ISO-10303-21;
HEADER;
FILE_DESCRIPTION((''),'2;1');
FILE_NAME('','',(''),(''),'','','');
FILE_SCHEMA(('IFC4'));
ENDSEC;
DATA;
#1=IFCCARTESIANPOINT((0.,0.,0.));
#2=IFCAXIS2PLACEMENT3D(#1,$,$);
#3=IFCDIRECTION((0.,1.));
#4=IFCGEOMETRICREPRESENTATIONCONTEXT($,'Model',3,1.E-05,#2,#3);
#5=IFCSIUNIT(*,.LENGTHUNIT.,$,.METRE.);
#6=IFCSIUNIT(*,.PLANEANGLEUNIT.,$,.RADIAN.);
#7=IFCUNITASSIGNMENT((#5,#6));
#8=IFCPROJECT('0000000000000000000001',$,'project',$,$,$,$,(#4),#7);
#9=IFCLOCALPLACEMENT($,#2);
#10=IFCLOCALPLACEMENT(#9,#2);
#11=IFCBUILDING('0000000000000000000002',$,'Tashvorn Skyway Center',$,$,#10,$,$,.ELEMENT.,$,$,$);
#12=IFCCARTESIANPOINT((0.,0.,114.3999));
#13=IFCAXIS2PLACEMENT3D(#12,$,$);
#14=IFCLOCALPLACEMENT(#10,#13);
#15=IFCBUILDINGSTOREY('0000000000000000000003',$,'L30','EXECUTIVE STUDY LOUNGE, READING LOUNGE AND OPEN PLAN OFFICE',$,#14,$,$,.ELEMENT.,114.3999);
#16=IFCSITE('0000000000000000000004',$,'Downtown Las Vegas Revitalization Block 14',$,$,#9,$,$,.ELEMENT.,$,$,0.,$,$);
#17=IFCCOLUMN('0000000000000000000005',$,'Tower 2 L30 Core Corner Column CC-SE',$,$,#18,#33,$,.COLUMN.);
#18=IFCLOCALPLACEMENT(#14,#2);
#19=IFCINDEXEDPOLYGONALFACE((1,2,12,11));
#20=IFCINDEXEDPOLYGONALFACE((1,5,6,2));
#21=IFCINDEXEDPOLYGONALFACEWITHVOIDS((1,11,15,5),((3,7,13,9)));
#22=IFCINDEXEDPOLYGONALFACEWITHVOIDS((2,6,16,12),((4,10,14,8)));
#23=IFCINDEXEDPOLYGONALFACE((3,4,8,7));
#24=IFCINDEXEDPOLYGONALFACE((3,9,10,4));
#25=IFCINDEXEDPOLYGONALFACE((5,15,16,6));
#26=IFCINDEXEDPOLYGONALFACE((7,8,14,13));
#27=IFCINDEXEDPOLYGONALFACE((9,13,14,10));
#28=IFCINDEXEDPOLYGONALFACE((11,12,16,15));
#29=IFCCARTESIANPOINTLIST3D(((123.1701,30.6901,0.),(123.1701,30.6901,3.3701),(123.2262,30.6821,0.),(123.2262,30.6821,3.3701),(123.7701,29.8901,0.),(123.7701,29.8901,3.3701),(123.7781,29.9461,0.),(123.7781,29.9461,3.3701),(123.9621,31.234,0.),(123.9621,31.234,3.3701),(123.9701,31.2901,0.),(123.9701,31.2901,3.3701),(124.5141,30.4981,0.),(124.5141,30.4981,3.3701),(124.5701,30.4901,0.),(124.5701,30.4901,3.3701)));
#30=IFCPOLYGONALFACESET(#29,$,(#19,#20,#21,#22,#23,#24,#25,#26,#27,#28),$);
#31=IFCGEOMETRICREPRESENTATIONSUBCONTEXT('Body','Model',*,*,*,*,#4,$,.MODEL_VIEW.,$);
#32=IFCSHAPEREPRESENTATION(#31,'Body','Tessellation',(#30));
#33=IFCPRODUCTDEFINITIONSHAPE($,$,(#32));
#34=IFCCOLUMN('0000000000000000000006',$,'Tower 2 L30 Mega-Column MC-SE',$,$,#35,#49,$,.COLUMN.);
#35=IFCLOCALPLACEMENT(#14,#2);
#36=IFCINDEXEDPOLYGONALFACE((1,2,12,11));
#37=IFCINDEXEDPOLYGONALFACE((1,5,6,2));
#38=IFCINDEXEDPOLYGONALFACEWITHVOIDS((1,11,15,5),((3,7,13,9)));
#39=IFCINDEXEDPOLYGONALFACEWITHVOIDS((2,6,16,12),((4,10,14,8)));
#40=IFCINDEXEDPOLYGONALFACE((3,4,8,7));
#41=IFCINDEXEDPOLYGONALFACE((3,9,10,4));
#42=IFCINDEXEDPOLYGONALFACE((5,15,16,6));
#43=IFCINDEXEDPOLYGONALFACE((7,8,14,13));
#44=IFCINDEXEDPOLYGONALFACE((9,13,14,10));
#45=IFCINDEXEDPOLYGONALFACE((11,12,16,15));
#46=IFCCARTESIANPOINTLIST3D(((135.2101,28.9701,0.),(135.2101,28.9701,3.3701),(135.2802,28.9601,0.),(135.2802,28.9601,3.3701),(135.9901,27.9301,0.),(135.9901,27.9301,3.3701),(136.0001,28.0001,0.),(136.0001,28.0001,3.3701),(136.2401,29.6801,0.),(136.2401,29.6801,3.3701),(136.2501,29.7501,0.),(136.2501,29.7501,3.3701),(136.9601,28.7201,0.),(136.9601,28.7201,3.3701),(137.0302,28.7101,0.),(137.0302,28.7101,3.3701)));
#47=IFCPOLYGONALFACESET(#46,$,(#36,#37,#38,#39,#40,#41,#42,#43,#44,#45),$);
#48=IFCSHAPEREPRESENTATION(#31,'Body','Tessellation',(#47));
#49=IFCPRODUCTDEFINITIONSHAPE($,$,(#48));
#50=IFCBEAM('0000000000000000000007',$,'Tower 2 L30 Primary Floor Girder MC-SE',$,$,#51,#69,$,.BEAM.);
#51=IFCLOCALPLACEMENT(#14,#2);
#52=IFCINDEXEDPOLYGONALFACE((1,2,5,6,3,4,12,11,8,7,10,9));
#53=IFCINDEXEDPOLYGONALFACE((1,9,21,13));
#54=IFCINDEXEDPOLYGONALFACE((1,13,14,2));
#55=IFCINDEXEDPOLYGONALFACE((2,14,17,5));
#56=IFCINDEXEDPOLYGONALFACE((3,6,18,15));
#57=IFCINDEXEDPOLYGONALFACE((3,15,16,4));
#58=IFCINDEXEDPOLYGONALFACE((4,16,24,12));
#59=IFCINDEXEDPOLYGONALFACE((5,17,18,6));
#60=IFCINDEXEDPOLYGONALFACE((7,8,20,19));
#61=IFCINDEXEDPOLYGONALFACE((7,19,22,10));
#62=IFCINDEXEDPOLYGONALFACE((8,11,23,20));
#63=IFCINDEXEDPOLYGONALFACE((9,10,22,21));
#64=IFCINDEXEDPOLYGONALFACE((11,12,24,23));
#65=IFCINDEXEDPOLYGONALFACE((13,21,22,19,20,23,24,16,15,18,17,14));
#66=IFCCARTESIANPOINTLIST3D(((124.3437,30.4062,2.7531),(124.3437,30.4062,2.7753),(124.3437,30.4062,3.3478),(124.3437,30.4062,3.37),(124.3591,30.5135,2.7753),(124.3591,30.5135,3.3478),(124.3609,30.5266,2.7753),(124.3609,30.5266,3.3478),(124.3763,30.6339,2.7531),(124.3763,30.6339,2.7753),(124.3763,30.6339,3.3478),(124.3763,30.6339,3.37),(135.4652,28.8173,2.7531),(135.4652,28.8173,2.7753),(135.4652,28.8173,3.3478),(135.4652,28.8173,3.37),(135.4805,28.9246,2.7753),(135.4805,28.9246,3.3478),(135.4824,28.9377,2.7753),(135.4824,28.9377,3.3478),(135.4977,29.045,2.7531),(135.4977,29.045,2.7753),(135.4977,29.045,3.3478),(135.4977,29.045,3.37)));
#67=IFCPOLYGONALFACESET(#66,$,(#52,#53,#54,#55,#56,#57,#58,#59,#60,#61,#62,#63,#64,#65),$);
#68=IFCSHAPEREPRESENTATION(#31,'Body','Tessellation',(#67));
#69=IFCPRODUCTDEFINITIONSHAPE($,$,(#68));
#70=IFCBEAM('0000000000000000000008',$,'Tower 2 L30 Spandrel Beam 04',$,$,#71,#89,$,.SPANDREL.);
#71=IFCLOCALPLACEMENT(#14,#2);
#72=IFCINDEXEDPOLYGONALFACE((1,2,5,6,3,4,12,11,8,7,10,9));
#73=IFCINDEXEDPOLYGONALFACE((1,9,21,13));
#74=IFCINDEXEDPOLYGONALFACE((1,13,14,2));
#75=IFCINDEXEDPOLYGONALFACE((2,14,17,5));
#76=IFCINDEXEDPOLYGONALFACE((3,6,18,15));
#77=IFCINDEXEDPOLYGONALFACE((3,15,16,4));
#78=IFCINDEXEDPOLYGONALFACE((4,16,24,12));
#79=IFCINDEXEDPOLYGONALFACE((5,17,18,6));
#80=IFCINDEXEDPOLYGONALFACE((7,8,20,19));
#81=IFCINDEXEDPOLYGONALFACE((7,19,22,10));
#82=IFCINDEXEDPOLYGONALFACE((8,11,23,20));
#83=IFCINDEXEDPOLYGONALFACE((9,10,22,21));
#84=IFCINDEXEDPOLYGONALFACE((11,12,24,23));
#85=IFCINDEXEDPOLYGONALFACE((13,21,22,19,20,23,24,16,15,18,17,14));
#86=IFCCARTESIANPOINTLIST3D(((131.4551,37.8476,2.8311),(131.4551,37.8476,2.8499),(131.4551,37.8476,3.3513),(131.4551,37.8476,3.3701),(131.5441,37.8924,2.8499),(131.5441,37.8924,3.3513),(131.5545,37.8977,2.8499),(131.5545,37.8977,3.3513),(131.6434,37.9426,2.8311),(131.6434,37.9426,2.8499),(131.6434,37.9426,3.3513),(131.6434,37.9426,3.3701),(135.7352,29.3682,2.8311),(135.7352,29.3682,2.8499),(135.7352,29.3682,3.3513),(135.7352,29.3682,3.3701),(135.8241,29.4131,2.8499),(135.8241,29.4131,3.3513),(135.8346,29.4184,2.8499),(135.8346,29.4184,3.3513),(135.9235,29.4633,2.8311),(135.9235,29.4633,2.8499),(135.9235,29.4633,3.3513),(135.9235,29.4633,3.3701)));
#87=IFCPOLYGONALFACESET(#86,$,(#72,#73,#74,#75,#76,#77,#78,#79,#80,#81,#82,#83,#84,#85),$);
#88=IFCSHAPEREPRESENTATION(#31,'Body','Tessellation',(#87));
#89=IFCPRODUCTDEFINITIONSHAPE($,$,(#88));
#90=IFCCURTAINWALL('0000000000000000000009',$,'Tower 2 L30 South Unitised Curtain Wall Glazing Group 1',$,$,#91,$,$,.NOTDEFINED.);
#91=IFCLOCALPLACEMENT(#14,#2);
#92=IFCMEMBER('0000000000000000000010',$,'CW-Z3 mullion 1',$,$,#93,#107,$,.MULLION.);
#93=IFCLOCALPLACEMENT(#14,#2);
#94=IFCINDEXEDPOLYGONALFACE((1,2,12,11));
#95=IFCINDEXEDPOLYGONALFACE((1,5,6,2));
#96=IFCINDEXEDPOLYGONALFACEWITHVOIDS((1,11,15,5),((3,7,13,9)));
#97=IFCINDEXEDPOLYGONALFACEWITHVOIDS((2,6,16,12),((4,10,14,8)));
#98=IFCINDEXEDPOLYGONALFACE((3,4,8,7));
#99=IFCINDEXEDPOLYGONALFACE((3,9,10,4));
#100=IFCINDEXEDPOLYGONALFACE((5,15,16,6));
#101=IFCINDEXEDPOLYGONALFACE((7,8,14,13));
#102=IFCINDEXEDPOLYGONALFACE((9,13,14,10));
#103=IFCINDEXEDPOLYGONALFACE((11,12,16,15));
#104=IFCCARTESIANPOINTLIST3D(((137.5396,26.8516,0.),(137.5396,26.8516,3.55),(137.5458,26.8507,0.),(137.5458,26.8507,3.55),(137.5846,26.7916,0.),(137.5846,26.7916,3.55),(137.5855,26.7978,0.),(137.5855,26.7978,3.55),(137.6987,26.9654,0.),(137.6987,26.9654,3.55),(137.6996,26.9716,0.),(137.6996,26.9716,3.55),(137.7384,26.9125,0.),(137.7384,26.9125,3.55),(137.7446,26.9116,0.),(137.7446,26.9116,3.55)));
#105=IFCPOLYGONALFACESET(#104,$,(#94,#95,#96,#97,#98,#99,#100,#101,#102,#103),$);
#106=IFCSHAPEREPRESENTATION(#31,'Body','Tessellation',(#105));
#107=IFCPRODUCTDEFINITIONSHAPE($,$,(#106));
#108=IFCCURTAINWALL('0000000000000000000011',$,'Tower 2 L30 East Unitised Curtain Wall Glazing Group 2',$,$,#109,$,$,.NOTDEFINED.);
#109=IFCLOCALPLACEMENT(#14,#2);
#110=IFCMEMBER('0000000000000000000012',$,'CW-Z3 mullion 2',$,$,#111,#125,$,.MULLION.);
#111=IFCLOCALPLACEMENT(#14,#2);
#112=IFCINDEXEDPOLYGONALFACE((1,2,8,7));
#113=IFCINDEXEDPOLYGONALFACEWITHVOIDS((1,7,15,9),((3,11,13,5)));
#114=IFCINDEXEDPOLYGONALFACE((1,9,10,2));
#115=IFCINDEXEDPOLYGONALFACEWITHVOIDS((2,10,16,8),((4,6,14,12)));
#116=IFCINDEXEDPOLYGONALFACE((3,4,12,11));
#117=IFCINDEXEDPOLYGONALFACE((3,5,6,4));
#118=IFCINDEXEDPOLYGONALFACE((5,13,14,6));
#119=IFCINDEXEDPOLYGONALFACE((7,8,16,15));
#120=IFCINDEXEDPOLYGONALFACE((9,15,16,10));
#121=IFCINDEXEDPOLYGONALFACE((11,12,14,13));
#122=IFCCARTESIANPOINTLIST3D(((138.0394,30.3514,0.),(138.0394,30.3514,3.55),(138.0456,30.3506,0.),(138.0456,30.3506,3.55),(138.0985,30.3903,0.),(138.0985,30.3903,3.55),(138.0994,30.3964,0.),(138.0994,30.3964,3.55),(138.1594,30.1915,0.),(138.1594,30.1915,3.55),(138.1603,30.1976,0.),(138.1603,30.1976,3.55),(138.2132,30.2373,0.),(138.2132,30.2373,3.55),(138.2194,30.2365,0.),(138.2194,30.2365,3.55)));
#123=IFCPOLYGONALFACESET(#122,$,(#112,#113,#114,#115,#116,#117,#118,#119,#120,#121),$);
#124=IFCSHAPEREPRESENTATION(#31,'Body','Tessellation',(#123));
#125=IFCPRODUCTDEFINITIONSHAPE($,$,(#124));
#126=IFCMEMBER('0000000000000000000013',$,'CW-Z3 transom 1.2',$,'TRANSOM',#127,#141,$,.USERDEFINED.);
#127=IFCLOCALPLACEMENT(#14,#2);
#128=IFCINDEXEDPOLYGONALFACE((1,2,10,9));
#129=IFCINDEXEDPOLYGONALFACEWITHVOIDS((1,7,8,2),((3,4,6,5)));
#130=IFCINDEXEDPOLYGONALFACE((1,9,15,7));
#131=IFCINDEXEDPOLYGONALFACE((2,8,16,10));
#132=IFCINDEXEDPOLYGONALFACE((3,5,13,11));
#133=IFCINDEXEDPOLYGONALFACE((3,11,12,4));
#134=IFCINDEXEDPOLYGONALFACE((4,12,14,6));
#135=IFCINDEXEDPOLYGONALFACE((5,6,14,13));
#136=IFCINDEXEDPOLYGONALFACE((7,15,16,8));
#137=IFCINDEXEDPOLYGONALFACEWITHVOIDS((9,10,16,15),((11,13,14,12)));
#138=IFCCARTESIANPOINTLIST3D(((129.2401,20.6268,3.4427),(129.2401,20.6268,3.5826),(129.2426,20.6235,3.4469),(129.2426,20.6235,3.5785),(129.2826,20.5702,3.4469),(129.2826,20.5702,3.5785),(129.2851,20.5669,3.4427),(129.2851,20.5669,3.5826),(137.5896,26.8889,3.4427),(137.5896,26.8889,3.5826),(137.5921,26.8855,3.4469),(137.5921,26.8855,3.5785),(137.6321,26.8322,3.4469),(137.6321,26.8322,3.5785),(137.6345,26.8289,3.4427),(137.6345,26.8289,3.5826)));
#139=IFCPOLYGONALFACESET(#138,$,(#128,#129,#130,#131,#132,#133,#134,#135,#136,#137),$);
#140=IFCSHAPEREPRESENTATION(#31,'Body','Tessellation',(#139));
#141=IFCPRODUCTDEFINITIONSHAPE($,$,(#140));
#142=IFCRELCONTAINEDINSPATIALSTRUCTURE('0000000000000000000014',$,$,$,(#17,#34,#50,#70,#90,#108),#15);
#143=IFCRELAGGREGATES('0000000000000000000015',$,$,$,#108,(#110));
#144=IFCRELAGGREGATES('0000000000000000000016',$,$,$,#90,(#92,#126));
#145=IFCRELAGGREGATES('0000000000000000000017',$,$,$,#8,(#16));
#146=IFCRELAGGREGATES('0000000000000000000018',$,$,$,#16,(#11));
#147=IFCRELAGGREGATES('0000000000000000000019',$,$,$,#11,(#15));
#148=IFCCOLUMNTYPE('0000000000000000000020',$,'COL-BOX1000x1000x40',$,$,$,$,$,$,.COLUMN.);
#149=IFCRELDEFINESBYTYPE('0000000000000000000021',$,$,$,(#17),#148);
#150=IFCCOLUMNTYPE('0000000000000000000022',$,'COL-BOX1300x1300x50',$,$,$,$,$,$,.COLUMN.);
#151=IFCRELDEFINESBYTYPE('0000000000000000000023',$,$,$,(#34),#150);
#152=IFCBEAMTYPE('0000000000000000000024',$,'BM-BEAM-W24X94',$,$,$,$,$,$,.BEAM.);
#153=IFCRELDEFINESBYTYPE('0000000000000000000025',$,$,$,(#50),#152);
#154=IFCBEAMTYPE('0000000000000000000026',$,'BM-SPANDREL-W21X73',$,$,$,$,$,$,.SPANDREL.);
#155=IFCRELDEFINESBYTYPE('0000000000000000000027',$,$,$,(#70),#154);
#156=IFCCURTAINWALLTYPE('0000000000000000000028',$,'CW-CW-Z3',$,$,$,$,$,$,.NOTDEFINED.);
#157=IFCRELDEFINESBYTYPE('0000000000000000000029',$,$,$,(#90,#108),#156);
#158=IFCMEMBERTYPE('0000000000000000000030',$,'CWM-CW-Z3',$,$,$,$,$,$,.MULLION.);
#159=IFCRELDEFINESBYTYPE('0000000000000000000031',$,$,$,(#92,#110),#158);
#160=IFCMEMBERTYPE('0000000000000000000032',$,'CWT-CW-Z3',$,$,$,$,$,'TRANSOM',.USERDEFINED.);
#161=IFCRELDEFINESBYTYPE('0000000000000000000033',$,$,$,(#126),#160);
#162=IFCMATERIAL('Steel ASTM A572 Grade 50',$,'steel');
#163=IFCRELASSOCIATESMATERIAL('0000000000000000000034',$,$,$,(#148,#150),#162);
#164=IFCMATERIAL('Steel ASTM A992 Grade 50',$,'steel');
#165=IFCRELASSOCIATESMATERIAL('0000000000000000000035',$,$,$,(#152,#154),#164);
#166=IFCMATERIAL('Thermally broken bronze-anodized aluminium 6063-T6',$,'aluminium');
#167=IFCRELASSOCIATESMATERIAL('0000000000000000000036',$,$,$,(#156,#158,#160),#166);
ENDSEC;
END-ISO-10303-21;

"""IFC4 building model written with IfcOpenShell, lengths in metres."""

from ifc_helpers import new_model, si_unit, direction, frame, origin, origin_2d, place, context, subcontext, project, spatial, hollow_rectangle, i_section, extrude, material, material_profile, profile_set, type_object, element, aggregate, save


model = new_model("IFC4")

# Units and contexts
model_context = context("Model", 3, precision=1e-05, world=origin(), true_north=direction((0.0, 1.0)))
body_context = subcontext(model_context, "Body", "Model", "MODEL_VIEW")
ifc_project = project(units=[si_unit("LENGTHUNIT", "METRE"), si_unit("PLANEANGLEUNIT", "RADIAN")], contexts=[model_context])

# Site, building, storey
site_placement = place(None, origin())
site = spatial("IfcSite", under=ifc_project, at=site_placement, Name="Downtown Las Vegas Revitalization Block 14", CompositionType="ELEMENT", RefElevation=0.0)
building_placement = place(site_placement, origin())
building = spatial("IfcBuilding", under=site, at=building_placement, Name="Tashvorn Skyway Center", CompositionType="ELEMENT")
storey_placement = place(building_placement, frame((0.0, 0.0, 114.3999)))
storey = spatial("IfcBuildingStorey", under=building, at=storey_placement, Name="L30", Description="EXECUTIVE STUDY LOUNGE, READING LOUNGE AND OPEN PLAN OFFICE", CompositionType="ELEMENT", Elevation=114.3999)

# Columns
ifc_material_1 = material(Name="Steel ASTM A572 Grade 50", Category="steel")
ifc_material_profile_1 = material_profile(ifc_material_1, hollow_rectangle(XDim=1.0, YDim=1.0, WallThickness=0.04, at=origin_2d()), Name="BOX1000x1000x40")
ifc_profile_set_1 = profile_set([ifc_material_profile_1], Name="Steel ASTM A572 Grade 50")
column_type_1 = type_object("IfcColumnType", Name="COL-BOX1000x1000x40", PredefinedType="COLUMN", material=ifc_profile_set_1)
column_1_placement = place(storey_placement, frame((123.8701, 30.5901, 0.0), z_axis=(0.0, 0.0, 1.0), x_axis=(0.8, 0.6, 0.0)))
element("IfcColumn", 1, at=column_1_placement, inside=storey, type_object=column_type_1, Name="Tower 2 L30 Core Corner Column CC-SE", PredefinedType="COLUMN", context=body_context, shape_type="SweptSolid", body=[
    extrude(hollow_rectangle(XDim=1.0, YDim=1.0, WallThickness=0.04, at=origin_2d()), origin(), (0.0, 0.0, 1.0), 3.3701),
])
ifc_material_profile_2 = material_profile(ifc_material_1, hollow_rectangle(XDim=1.3, YDim=1.3, WallThickness=0.05, at=origin_2d()), Name="BOX1300x1300x50")
ifc_profile_set_2 = profile_set([ifc_material_profile_2], Name="Steel ASTM A572 Grade 50")
column_type_2 = type_object("IfcColumnType", Name="COL-BOX1300x1300x50", PredefinedType="COLUMN", material=ifc_profile_set_2)
column_2_placement = place(storey_placement, frame((136.1201, 28.8401, 0.0), z_axis=(0.0, 0.0, 1.0), x_axis=(0.8, 0.6, 0.0)))
element("IfcColumn", 2, at=column_2_placement, inside=storey, type_object=column_type_2, Name="Tower 2 L30 Mega-Column MC-SE", PredefinedType="COLUMN", context=body_context, shape_type="SweptSolid", body=[
    extrude(hollow_rectangle(XDim=1.3, YDim=1.3, WallThickness=0.05, at=origin_2d()), origin(), (0.0, 0.0, 1.0), 3.3701),
])

# Beams
ifc_material_2 = material(Name="Steel ASTM A992 Grade 50", Category="steel")
ifc_material_profile_3 = material_profile(ifc_material_2, i_section(OverallWidth=0.23, OverallDepth=0.6169, WebThickness=0.0132, FlangeThickness=0.0222, at=origin_2d()), Name="W24X94")
ifc_profile_set_3 = profile_set([ifc_material_profile_3], Name="Steel ASTM A992 Grade 50")
beam_type_1 = type_object("IfcBeamType", Name="BM-BEAM-W24X94", PredefinedType="BEAM", material=ifc_profile_set_3)
beam_1_placement = place(storey_placement, frame((135.4814, 28.9312, 3.0615), z_axis=(-0.989948, 0.14143, 0.0), x_axis=(-0.14143, -0.989948, 0.0)))
element("IfcBeam", 3, at=beam_1_placement, inside=storey, type_object=beam_type_1, Name="Tower 2 L30 Primary Floor Girder MC-SE", PredefinedType="BEAM", context=body_context, shape_type="SweptSolid", body=[
    extrude(i_section(OverallWidth=0.23, OverallDepth=0.6169, WebThickness=0.0132, FlangeThickness=0.0222, at=origin_2d()), origin(), (0.0, 0.0, 1.0), 11.2344),
])
ifc_material_profile_4 = material_profile(ifc_material_2, i_section(OverallWidth=0.2109, OverallDepth=0.5391, WebThickness=0.0117, FlangeThickness=0.0188, at=origin_2d()), Name="W21X73")
ifc_profile_set_4 = profile_set([ifc_material_profile_4], Name="Steel ASTM A992 Grade 50")
beam_type_2 = type_object("IfcBeamType", Name="BM-SPANDREL-W21X73", PredefinedType="SPANDREL", material=ifc_profile_set_4)
beam_2_placement = place(storey_placement, frame((135.8293, 29.4158, 3.1006), z_axis=(-0.450614, 0.892719, 0.0), x_axis=(-0.892719, -0.450614, 0.0)))
element("IfcBeam", 4, at=beam_2_placement, inside=storey, type_object=beam_type_2, Name="Tower 2 L30 Spandrel Beam 04", PredefinedType="SPANDREL", context=body_context, shape_type="SweptSolid", body=[
    extrude(i_section(OverallWidth=0.2109, OverallDepth=0.5391, WebThickness=0.0117, FlangeThickness=0.0188, at=origin_2d()), origin(), (0.0, 0.0, 1.0), 9.4983),
])

# Curtain walls, members
ifc_material_3 = material(Name="Thermally broken bronze-anodized aluminium 6063-T6", Category="aluminium")
curtain_wall_type = type_object("IfcCurtainWallType", Name="CW-CW-Z3", PredefinedType="NOTDEFINED", material=ifc_material_3)
curtain_wall_1_placement = place(storey_placement, origin())
curtain_wall_1 = element("IfcCurtainWall", 5, at=curtain_wall_1_placement, inside=storey, type_object=curtain_wall_type, Name="Tower 2 L30 South Unitised Curtain Wall Glazing Group 1", PredefinedType="NOTDEFINED")
ifc_material_profile_5 = material_profile(ifc_material_3, hollow_rectangle(XDim=0.075, YDim=0.2, WallThickness=0.0044, at=origin_2d()), Name="ALU-MULL-75x200")
ifc_profile_set_5 = profile_set([ifc_material_profile_5], Name="Thermally broken bronze-anodized aluminium 6063-T6")
member_type_1 = type_object("IfcMemberType", Name="CWM-CW-Z3", PredefinedType="MULLION", material=ifc_profile_set_5)
member_1_placement = place(storey_placement, frame((137.6421, 26.8816, 0.0), z_axis=(0.0, 0.0, 1.0), x_axis=(0.600002, -0.799999, 0.0)))
member_1 = element("IfcMember", 6, at=member_1_placement, type_object=member_type_1, Name="CW-Z3 mullion 1", PredefinedType="MULLION", context=body_context, shape_type="SweptSolid", body=[
    extrude(hollow_rectangle(XDim=0.075, YDim=0.2, WallThickness=0.0044, at=origin_2d()), origin(), (0.0, 0.0, 1.0), 3.55),
])
curtain_wall_2_placement = place(storey_placement, origin())
curtain_wall_2 = element("IfcCurtainWall", 7, at=curtain_wall_2_placement, inside=storey, type_object=curtain_wall_type, Name="Tower 2 L30 East Unitised Curtain Wall Glazing Group 2", PredefinedType="NOTDEFINED")
member_2_placement = place(storey_placement, frame((138.1294, 30.2939, 0.0), z_axis=(0.0, 0.0, 1.0), x_axis=(0.799999, 0.600002, 0.0)))
member_2 = element("IfcMember", 8, at=member_2_placement, type_object=member_type_1, Name="CW-Z3 mullion 2", PredefinedType="MULLION", context=body_context, shape_type="SweptSolid", body=[
    extrude(hollow_rectangle(XDim=0.075, YDim=0.2, WallThickness=0.0044, at=origin_2d()), origin(), (0.0, 0.0, 1.0), 3.55),
])
aggregate(curtain_wall_2, [member_2])

# Member
ifc_material_profile_6 = material_profile(ifc_material_3, hollow_rectangle(XDim=0.075, YDim=0.1399, WallThickness=0.0042, at=origin_2d()), Name="ALU-TRAN-75x140")
ifc_profile_set_6 = profile_set([ifc_material_profile_6], Name="Thermally broken bronze-anodized aluminium 6063-T6")
member_type_2 = type_object("IfcMemberType", Name="CWT-CW-Z3", ElementType="TRANSOM", PredefinedType="USERDEFINED", material=ifc_profile_set_6)
member_3_placement = place(storey_placement, frame((137.6121, 26.8589, 3.5127), z_axis=(-0.800003, -0.599996, 0.0), x_axis=(0.599996, -0.800003, 0.0)))
member_3 = element("IfcMember", 9, at=member_3_placement, type_object=member_type_2, Name="CW-Z3 transom 1.2", ObjectType="TRANSOM", PredefinedType="USERDEFINED", context=body_context, shape_type="SweptSolid", body=[
    extrude(hollow_rectangle(XDim=0.075, YDim=0.1399, WallThickness=0.0042, at=origin_2d()), origin(), (0.0, 0.0, 1.0), 10.4368),
])
aggregate(curtain_wall_1, [member_1, member_3])

save(model, "model.ifc")
